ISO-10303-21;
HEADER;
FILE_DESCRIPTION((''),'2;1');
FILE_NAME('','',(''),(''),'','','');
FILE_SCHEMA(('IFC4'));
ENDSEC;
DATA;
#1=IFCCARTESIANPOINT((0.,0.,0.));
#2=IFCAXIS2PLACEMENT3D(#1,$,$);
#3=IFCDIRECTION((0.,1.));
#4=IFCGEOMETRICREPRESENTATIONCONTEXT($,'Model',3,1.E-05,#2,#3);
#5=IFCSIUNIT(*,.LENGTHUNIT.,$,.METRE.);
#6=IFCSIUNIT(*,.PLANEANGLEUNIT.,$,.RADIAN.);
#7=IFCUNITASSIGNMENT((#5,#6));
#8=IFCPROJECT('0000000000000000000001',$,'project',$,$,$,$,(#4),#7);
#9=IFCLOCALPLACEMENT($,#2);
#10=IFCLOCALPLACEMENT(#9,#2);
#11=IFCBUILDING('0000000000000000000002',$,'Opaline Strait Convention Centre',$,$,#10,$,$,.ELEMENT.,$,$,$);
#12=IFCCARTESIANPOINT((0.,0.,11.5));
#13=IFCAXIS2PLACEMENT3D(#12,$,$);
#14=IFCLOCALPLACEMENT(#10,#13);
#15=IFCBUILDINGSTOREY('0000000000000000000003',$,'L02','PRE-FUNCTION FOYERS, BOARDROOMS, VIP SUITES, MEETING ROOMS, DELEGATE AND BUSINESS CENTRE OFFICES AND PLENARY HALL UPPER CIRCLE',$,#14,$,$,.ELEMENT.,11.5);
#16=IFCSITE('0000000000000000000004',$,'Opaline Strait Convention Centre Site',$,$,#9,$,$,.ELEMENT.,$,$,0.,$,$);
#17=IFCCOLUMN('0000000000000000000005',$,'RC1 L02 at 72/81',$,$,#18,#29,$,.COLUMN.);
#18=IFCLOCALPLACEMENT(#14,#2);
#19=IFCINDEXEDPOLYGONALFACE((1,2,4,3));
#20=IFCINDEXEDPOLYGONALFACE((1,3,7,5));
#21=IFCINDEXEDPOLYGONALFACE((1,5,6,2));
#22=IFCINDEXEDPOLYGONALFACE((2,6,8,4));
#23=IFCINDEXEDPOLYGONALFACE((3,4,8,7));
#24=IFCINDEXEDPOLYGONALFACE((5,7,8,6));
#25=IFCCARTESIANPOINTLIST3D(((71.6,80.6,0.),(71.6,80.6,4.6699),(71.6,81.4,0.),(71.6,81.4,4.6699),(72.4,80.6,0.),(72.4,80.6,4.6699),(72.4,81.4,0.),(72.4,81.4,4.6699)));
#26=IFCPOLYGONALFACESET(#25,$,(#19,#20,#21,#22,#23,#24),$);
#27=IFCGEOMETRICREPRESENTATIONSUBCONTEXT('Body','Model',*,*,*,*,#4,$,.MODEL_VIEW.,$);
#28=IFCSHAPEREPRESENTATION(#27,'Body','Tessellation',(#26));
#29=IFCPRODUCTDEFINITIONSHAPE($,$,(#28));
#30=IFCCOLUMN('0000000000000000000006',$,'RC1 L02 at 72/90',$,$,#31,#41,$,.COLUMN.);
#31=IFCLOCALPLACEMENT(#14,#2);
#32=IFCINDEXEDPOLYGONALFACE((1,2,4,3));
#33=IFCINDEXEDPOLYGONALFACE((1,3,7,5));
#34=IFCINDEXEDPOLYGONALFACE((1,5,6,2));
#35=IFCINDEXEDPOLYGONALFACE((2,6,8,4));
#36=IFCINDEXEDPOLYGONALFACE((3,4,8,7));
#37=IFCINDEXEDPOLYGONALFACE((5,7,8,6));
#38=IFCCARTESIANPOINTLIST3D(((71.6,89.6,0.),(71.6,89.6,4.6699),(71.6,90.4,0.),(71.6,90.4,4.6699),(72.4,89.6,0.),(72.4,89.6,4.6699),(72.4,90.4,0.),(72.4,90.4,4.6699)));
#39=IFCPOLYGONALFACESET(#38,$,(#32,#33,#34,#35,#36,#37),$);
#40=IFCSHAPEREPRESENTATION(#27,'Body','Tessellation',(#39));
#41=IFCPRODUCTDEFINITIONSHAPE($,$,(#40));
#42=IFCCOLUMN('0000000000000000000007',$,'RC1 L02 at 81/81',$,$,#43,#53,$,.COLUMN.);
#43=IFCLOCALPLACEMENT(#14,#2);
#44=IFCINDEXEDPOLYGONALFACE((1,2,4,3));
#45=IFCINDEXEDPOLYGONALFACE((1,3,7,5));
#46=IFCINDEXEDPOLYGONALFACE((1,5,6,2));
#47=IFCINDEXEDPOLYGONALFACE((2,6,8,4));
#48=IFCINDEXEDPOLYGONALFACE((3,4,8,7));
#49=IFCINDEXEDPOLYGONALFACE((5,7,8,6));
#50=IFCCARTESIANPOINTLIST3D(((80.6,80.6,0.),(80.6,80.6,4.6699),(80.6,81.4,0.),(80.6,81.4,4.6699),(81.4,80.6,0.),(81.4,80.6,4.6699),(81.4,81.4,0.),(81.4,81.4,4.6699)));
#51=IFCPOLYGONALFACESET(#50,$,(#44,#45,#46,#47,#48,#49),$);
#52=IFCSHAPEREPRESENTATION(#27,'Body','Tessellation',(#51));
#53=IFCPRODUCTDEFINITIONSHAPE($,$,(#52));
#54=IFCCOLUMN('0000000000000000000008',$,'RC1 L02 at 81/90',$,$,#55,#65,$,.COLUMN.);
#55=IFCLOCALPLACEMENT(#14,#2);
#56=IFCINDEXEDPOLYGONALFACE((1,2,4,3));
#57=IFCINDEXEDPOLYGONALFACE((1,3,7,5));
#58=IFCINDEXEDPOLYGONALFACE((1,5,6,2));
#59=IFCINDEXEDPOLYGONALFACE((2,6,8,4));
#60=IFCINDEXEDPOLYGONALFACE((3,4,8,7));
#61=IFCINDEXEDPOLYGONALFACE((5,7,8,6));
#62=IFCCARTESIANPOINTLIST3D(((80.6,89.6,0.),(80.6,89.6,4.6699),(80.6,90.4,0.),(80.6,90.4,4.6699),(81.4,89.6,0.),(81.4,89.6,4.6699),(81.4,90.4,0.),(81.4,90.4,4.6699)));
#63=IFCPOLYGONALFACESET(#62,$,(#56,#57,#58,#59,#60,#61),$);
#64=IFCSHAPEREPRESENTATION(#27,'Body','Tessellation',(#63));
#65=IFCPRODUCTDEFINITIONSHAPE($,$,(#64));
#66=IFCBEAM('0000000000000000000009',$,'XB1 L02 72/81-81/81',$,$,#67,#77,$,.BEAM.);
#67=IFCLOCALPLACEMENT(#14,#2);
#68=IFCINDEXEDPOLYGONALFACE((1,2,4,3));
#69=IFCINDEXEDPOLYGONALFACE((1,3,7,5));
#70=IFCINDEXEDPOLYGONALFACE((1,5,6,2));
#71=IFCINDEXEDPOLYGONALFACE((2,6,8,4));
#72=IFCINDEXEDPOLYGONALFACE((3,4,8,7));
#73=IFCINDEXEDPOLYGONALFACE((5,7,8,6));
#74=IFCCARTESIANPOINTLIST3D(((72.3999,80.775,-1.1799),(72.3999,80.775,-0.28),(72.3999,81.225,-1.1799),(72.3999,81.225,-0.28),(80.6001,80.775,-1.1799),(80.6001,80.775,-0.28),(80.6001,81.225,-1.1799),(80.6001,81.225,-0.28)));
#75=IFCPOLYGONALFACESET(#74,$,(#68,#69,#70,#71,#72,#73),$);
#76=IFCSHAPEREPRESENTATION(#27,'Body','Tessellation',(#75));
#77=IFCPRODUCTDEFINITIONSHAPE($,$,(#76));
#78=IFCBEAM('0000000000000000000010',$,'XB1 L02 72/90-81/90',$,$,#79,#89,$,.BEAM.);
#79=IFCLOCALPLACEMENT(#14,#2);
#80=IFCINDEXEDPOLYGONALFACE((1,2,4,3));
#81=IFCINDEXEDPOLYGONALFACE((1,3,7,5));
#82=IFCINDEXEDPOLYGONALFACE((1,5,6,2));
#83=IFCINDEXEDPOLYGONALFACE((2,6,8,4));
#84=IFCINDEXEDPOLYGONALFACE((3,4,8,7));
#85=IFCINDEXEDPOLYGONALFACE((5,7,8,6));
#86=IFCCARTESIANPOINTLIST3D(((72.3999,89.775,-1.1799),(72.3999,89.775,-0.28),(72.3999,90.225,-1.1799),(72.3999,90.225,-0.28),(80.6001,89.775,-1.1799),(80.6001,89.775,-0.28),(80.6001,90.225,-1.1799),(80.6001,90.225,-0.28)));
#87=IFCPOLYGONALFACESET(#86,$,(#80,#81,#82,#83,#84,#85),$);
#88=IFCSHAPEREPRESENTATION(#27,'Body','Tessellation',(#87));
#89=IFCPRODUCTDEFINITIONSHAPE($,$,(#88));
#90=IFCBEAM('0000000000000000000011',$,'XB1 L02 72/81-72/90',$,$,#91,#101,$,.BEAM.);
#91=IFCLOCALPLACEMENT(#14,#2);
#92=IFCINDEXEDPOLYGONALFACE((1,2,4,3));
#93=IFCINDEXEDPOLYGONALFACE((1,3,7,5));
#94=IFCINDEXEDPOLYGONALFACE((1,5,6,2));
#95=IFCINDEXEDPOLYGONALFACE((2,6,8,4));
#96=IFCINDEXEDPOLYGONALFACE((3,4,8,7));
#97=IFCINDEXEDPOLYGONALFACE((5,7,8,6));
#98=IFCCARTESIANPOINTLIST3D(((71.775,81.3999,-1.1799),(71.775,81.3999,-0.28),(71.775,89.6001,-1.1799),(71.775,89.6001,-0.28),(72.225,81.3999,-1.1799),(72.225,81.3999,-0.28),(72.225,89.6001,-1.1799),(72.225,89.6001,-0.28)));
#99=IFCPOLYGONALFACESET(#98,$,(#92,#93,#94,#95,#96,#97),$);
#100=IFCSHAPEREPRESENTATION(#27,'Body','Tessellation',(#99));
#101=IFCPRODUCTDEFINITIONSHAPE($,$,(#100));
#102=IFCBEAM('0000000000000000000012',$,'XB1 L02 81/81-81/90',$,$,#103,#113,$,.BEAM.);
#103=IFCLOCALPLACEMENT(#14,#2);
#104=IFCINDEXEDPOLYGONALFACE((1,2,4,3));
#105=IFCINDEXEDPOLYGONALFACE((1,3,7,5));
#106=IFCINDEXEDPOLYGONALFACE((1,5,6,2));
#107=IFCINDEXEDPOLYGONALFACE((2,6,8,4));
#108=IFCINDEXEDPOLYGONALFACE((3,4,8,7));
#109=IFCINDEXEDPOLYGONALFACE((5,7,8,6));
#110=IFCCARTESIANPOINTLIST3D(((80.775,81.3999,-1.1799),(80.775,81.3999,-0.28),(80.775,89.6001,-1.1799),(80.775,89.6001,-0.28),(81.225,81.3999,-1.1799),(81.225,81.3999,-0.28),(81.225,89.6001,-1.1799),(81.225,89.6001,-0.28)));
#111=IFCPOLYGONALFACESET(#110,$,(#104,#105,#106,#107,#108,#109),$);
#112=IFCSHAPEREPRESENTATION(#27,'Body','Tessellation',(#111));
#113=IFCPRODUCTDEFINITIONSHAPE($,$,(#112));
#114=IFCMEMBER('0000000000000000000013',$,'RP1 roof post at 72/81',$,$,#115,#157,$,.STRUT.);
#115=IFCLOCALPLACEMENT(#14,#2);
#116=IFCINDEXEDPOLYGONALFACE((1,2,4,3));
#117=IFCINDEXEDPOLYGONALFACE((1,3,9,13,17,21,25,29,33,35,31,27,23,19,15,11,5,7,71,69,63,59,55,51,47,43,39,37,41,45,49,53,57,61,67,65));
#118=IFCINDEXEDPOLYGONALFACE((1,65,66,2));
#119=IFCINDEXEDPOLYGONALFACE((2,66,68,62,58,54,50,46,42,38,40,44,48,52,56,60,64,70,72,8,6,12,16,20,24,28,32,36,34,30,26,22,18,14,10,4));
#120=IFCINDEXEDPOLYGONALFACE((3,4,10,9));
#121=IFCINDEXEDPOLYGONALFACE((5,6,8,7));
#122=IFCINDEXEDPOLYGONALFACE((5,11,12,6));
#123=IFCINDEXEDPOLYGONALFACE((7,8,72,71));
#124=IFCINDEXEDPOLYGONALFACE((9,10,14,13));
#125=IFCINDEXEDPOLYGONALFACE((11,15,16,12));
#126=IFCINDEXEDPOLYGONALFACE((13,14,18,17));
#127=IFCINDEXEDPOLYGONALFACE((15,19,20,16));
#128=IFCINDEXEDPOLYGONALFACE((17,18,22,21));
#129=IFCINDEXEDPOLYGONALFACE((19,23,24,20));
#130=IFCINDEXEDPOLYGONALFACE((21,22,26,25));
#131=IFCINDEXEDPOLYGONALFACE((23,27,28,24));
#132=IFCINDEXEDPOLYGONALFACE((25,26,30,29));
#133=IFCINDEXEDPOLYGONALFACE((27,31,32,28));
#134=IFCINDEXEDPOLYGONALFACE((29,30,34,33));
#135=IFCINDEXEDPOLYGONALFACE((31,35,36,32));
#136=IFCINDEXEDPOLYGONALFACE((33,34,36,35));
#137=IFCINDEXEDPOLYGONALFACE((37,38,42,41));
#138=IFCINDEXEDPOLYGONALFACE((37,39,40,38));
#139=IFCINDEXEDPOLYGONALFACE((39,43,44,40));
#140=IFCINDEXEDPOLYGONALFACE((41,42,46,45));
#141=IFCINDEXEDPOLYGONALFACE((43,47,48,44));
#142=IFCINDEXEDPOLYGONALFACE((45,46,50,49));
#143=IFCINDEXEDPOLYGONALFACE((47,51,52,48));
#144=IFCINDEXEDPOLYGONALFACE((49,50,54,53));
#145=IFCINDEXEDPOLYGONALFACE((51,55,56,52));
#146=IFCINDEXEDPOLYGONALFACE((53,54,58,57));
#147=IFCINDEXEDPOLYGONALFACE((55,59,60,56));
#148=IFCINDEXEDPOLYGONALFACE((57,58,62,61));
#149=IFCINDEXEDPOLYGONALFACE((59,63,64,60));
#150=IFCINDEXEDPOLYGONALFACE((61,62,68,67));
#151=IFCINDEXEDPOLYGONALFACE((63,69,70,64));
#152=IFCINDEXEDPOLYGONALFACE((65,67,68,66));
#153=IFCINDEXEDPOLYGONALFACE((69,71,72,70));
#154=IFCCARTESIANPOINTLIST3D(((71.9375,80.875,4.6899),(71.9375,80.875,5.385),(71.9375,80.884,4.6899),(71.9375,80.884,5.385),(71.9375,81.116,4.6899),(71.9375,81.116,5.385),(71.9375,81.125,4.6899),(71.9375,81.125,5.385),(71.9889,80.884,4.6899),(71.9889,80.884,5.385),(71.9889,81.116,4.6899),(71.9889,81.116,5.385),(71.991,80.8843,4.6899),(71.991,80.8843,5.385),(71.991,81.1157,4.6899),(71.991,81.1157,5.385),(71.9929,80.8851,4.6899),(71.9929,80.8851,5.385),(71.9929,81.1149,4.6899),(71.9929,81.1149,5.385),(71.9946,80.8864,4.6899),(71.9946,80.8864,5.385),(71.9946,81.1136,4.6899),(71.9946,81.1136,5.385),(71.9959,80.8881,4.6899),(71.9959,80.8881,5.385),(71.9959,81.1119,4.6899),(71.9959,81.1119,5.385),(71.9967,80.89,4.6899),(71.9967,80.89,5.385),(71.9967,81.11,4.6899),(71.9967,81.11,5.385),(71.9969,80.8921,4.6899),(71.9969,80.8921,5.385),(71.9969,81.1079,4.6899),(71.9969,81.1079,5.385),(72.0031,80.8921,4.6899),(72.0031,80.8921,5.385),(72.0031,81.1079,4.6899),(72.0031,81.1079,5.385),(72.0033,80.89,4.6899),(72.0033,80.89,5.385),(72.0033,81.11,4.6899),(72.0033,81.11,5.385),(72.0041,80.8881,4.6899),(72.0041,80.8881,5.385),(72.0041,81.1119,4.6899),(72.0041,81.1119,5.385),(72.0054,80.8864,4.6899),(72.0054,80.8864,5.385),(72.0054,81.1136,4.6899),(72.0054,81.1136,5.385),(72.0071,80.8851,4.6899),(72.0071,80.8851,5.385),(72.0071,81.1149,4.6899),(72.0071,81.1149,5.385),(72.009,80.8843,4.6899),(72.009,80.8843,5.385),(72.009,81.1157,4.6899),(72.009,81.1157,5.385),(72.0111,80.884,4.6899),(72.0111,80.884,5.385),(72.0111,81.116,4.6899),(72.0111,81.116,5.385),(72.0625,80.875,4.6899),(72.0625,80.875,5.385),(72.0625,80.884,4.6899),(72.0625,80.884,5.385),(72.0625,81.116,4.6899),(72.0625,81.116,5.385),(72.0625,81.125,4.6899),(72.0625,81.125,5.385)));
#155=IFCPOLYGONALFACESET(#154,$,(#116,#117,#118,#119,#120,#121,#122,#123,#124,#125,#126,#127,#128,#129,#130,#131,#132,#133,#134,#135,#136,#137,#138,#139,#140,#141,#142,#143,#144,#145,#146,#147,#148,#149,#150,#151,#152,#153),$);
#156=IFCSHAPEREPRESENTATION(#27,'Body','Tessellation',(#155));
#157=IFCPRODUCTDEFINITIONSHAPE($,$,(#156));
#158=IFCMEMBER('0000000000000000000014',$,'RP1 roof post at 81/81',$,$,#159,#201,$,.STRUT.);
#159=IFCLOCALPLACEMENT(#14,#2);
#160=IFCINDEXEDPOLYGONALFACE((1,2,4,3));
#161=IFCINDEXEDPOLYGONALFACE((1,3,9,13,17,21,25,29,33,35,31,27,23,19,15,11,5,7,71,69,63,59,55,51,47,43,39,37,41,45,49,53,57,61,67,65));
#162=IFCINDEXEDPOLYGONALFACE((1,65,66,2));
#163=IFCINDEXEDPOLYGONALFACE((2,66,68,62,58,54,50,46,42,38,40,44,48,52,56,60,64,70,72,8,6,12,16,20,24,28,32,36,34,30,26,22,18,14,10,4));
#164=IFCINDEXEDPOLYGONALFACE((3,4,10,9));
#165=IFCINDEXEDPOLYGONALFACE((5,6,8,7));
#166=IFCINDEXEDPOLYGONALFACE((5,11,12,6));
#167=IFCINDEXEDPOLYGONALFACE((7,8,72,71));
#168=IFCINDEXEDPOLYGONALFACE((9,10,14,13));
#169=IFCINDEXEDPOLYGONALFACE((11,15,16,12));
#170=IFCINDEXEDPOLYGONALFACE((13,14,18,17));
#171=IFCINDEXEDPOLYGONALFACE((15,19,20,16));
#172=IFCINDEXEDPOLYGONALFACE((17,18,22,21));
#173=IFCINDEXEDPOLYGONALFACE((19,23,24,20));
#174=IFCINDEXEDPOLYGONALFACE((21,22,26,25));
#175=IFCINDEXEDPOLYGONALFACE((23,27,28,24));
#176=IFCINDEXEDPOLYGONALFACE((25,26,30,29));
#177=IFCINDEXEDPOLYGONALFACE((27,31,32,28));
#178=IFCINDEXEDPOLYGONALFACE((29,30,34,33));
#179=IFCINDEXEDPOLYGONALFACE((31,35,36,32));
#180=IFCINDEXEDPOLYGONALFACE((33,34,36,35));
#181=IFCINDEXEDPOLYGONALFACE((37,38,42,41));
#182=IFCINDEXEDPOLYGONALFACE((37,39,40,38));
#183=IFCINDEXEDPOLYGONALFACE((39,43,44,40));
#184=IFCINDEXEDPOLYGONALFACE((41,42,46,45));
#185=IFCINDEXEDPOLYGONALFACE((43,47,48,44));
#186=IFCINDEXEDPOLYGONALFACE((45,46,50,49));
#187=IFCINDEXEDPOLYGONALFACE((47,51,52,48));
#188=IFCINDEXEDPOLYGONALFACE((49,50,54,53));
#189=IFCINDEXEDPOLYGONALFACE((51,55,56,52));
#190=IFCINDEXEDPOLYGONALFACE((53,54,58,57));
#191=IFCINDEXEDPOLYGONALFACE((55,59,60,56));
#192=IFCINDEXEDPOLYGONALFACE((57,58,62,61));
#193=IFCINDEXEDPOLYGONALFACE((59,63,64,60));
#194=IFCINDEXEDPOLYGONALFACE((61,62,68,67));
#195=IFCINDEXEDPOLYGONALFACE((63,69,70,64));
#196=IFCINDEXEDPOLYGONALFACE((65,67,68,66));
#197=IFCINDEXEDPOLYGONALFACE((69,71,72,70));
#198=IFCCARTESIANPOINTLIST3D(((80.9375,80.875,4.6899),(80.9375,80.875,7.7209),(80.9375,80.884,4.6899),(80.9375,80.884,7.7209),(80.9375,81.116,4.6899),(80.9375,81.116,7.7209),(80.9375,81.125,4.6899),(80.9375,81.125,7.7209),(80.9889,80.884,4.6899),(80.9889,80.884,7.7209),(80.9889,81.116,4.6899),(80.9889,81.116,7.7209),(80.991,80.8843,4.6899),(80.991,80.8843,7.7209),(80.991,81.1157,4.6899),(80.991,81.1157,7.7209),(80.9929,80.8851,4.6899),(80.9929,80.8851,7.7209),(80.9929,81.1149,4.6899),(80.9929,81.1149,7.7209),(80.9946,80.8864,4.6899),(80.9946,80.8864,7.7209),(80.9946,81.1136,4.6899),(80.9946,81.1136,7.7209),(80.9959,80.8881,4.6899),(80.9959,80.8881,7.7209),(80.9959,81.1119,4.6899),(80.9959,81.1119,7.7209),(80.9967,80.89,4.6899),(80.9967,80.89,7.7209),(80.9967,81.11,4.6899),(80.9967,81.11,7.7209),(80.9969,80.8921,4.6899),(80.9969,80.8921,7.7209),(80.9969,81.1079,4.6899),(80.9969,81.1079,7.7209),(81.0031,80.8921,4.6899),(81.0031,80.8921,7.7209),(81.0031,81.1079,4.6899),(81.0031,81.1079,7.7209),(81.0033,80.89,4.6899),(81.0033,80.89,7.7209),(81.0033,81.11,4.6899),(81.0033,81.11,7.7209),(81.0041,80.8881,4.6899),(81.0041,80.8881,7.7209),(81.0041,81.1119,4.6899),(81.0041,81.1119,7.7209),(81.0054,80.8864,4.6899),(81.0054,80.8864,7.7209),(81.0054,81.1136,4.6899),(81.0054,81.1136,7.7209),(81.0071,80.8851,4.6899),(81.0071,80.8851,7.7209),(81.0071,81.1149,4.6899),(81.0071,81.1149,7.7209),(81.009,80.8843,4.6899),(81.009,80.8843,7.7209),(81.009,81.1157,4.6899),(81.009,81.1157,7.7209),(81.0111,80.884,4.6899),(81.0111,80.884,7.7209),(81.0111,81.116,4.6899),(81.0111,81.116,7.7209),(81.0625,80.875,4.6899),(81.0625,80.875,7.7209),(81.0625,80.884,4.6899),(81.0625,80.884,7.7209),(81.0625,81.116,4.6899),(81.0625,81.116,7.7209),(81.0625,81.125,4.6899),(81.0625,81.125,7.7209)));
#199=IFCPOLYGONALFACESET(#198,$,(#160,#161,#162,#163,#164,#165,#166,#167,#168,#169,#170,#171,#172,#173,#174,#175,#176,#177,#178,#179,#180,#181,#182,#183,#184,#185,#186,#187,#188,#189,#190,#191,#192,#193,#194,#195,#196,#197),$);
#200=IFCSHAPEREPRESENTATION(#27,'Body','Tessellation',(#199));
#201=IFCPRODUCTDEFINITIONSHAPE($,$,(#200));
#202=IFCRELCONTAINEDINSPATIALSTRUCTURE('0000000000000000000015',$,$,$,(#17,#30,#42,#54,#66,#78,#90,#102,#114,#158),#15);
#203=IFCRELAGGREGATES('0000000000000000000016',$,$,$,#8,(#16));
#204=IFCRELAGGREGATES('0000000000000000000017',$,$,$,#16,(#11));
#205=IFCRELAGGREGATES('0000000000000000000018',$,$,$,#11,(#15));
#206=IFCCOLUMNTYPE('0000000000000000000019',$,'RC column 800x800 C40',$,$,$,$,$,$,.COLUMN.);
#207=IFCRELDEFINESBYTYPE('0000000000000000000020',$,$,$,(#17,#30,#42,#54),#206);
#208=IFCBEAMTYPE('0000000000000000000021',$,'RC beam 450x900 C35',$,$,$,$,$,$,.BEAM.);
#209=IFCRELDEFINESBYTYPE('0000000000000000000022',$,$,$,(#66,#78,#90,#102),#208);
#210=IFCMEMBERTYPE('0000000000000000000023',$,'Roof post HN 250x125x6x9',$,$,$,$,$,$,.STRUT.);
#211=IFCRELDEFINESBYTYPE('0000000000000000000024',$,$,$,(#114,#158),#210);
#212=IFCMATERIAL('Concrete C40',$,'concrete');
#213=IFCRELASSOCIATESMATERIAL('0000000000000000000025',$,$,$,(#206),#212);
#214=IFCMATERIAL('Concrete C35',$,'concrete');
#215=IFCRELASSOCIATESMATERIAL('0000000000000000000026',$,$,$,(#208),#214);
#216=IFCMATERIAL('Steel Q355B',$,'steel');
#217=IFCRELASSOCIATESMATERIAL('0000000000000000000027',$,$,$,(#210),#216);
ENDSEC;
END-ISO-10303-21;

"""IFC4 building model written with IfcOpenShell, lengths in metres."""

from ifc_helpers import new_model, si_unit, direction, frame, origin, origin_2d, place, context, subcontext, project, spatial, rectangle, i_section, extrude, material, material_profile, profile_set, type_object, element, save


model = new_model("IFC4")

# Units and contexts
model_context = context("Model", 3, precision=1e-05, world=origin(), true_north=direction((0.0, 1.0)))
body_context = subcontext(model_context, "Body", "Model", "MODEL_VIEW")
ifc_project = project(units=[si_unit("LENGTHUNIT", "METRE"), si_unit("PLANEANGLEUNIT", "RADIAN")], contexts=[model_context])

# Site, building, storey
site_placement = place(None, origin())
site = spatial("IfcSite", under=ifc_project, at=site_placement, Name="Opaline Strait Convention Centre Site", CompositionType="ELEMENT", RefElevation=0.0)
building_placement = place(site_placement, origin())
building = spatial("IfcBuilding", under=site, at=building_placement, Name="Opaline Strait Convention Centre", CompositionType="ELEMENT")
storey_placement = place(building_placement, frame((0.0, 0.0, 11.5)))
storey = spatial("IfcBuildingStorey", under=building, at=storey_placement, Name="L02", Description="PRE-FUNCTION FOYERS, BOARDROOMS, VIP SUITES, MEETING ROOMS, DELEGATE AND BUSINESS CENTRE OFFICES AND PLENARY HALL UPPER CIRCLE", CompositionType="ELEMENT", Elevation=11.5)

# Columns
ifc_material_1 = material(Name="Concrete C40", Category="concrete")
ifc_material_profile_1 = material_profile(ifc_material_1, rectangle(XDim=0.8, YDim=0.8, at=origin_2d()), Name="RC 800x800")
ifc_profile_set_1 = profile_set([ifc_material_profile_1], Name="Concrete C40")
column_type = type_object("IfcColumnType", Name="RC column 800x800 C40", PredefinedType="COLUMN", material=ifc_profile_set_1)
for number, where, z_axis, x_axis, name in (
    (1, (72.0, 81.0, 0.0), (0.0, 0.0, 1.0), (1.0, 0.0, 0.0), "RC1 L02 at 72/81"),
    (2, (72.0, 90.0, 0.0), (0.0, 0.0, 1.0), (1.0, 0.0, 0.0), "RC1 L02 at 72/90"),
    (3, (81.0, 81.0, 0.0), (0.0, 0.0, 1.0), (1.0, 0.0, 0.0), "RC1 L02 at 81/81"),
    (4, (81.0, 90.0, 0.0), (0.0, 0.0, 1.0), (1.0, 0.0, 0.0), "RC1 L02 at 81/90"),
):
    element("IfcColumn", number, at=place(storey_placement, frame(where, z_axis=z_axis, x_axis=x_axis)), inside=storey, type_object=column_type, Name=name, PredefinedType="COLUMN", context=body_context, shape_type="SweptSolid", body=[
        extrude(rectangle(XDim=0.8, YDim=0.8, at=origin_2d()), origin(), (0.0, 0.0, 1.0), 4.6699),
    ])

# Beams
ifc_material_2 = material(Name="Concrete C35", Category="concrete")
ifc_material_profile_2 = material_profile(ifc_material_2, rectangle(XDim=0.45, YDim=0.8999, at=origin_2d()), Name="RC 450x900")
ifc_profile_set_2 = profile_set([ifc_material_profile_2], Name="Concrete C35")
beam_type = type_object("IfcBeamType", Name="RC beam 450x900 C35", PredefinedType="BEAM", material=ifc_profile_set_2)
for number, where, z_axis, x_axis, name in (
    (5, (72.3999, 81.0, -0.73), (1.0, 0.0, 0.0), (0.0, 1.0, 0.0), "XB1 L02 72/81-81/81"),
    (6, (72.3999, 90.0, -0.73), (1.0, 0.0, 0.0), (0.0, 1.0, 0.0), "XB1 L02 72/90-81/90"),
    (7, (72.0, 81.3999, -0.73), (0.0, 1.0, 0.0), (-1.0, 0.0, 0.0), "XB1 L02 72/81-72/90"),
    (8, (81.0, 81.3999, -0.73), (0.0, 1.0, 0.0), (-1.0, 0.0, 0.0), "XB1 L02 81/81-81/90"),
):
    element("IfcBeam", number, at=place(storey_placement, frame(where, z_axis=z_axis, x_axis=x_axis)), inside=storey, type_object=beam_type, Name=name, PredefinedType="BEAM", context=body_context, shape_type="SweptSolid", body=[
        extrude(rectangle(XDim=0.45, YDim=0.8999, at=origin_2d()), origin(), (0.0, 0.0, 1.0), 8.2002),
    ])

# Members
ifc_material_3 = material(Name="Steel Q355B", Category="steel")
ifc_material_profile_3 = material_profile(ifc_material_3, i_section(OverallWidth=0.125, OverallDepth=0.25, WebThickness=0.0061, FlangeThickness=0.009, FilletRadius=0.0081, at=origin_2d()), Name="HN 250x125x6x9")
ifc_profile_set_3 = profile_set([ifc_material_profile_3], Name="Steel Q355B")
member_type_1 = type_object("IfcMemberType", Name="Roof post HN 250x125x6x9", PredefinedType="STRUT", material=ifc_profile_set_3)
member_1_placement = place(storey_placement, frame((72.0, 81.0, 4.6899), z_axis=(0.0, 0.0, 1.0), x_axis=(1.0, 0.0, 0.0)))
element("IfcMember", 9, at=member_1_placement, inside=storey, type_object=member_type_1, Name="RP1 roof post at 72/81", PredefinedType="STRUT", context=body_context, shape_type="SweptSolid", body=[
    extrude(i_section(OverallWidth=0.125, OverallDepth=0.25, WebThickness=0.0061, FlangeThickness=0.009, FilletRadius=0.0081, at=origin_2d()), origin(), (0.0, 0.0, 1.0), 0.6951),
])
member_2_placement = place(storey_placement, frame((81.0, 81.0, 4.6899), z_axis=(0.0, 0.0, 1.0), x_axis=(1.0, 0.0, 0.0)))
element("IfcMember", 10, at=member_2_placement, inside=storey, type_object=member_type_1, Name="RP1 roof post at 81/81", PredefinedType="STRUT", context=body_context, shape_type="SweptSolid", body=[
    extrude(i_section(OverallWidth=0.125, OverallDepth=0.25, WebThickness=0.0061, FlangeThickness=0.009, FilletRadius=0.0081, at=origin_2d()), origin(), (0.0, 0.0, 1.0), 3.031),
])

save(model, "model.ifc")
